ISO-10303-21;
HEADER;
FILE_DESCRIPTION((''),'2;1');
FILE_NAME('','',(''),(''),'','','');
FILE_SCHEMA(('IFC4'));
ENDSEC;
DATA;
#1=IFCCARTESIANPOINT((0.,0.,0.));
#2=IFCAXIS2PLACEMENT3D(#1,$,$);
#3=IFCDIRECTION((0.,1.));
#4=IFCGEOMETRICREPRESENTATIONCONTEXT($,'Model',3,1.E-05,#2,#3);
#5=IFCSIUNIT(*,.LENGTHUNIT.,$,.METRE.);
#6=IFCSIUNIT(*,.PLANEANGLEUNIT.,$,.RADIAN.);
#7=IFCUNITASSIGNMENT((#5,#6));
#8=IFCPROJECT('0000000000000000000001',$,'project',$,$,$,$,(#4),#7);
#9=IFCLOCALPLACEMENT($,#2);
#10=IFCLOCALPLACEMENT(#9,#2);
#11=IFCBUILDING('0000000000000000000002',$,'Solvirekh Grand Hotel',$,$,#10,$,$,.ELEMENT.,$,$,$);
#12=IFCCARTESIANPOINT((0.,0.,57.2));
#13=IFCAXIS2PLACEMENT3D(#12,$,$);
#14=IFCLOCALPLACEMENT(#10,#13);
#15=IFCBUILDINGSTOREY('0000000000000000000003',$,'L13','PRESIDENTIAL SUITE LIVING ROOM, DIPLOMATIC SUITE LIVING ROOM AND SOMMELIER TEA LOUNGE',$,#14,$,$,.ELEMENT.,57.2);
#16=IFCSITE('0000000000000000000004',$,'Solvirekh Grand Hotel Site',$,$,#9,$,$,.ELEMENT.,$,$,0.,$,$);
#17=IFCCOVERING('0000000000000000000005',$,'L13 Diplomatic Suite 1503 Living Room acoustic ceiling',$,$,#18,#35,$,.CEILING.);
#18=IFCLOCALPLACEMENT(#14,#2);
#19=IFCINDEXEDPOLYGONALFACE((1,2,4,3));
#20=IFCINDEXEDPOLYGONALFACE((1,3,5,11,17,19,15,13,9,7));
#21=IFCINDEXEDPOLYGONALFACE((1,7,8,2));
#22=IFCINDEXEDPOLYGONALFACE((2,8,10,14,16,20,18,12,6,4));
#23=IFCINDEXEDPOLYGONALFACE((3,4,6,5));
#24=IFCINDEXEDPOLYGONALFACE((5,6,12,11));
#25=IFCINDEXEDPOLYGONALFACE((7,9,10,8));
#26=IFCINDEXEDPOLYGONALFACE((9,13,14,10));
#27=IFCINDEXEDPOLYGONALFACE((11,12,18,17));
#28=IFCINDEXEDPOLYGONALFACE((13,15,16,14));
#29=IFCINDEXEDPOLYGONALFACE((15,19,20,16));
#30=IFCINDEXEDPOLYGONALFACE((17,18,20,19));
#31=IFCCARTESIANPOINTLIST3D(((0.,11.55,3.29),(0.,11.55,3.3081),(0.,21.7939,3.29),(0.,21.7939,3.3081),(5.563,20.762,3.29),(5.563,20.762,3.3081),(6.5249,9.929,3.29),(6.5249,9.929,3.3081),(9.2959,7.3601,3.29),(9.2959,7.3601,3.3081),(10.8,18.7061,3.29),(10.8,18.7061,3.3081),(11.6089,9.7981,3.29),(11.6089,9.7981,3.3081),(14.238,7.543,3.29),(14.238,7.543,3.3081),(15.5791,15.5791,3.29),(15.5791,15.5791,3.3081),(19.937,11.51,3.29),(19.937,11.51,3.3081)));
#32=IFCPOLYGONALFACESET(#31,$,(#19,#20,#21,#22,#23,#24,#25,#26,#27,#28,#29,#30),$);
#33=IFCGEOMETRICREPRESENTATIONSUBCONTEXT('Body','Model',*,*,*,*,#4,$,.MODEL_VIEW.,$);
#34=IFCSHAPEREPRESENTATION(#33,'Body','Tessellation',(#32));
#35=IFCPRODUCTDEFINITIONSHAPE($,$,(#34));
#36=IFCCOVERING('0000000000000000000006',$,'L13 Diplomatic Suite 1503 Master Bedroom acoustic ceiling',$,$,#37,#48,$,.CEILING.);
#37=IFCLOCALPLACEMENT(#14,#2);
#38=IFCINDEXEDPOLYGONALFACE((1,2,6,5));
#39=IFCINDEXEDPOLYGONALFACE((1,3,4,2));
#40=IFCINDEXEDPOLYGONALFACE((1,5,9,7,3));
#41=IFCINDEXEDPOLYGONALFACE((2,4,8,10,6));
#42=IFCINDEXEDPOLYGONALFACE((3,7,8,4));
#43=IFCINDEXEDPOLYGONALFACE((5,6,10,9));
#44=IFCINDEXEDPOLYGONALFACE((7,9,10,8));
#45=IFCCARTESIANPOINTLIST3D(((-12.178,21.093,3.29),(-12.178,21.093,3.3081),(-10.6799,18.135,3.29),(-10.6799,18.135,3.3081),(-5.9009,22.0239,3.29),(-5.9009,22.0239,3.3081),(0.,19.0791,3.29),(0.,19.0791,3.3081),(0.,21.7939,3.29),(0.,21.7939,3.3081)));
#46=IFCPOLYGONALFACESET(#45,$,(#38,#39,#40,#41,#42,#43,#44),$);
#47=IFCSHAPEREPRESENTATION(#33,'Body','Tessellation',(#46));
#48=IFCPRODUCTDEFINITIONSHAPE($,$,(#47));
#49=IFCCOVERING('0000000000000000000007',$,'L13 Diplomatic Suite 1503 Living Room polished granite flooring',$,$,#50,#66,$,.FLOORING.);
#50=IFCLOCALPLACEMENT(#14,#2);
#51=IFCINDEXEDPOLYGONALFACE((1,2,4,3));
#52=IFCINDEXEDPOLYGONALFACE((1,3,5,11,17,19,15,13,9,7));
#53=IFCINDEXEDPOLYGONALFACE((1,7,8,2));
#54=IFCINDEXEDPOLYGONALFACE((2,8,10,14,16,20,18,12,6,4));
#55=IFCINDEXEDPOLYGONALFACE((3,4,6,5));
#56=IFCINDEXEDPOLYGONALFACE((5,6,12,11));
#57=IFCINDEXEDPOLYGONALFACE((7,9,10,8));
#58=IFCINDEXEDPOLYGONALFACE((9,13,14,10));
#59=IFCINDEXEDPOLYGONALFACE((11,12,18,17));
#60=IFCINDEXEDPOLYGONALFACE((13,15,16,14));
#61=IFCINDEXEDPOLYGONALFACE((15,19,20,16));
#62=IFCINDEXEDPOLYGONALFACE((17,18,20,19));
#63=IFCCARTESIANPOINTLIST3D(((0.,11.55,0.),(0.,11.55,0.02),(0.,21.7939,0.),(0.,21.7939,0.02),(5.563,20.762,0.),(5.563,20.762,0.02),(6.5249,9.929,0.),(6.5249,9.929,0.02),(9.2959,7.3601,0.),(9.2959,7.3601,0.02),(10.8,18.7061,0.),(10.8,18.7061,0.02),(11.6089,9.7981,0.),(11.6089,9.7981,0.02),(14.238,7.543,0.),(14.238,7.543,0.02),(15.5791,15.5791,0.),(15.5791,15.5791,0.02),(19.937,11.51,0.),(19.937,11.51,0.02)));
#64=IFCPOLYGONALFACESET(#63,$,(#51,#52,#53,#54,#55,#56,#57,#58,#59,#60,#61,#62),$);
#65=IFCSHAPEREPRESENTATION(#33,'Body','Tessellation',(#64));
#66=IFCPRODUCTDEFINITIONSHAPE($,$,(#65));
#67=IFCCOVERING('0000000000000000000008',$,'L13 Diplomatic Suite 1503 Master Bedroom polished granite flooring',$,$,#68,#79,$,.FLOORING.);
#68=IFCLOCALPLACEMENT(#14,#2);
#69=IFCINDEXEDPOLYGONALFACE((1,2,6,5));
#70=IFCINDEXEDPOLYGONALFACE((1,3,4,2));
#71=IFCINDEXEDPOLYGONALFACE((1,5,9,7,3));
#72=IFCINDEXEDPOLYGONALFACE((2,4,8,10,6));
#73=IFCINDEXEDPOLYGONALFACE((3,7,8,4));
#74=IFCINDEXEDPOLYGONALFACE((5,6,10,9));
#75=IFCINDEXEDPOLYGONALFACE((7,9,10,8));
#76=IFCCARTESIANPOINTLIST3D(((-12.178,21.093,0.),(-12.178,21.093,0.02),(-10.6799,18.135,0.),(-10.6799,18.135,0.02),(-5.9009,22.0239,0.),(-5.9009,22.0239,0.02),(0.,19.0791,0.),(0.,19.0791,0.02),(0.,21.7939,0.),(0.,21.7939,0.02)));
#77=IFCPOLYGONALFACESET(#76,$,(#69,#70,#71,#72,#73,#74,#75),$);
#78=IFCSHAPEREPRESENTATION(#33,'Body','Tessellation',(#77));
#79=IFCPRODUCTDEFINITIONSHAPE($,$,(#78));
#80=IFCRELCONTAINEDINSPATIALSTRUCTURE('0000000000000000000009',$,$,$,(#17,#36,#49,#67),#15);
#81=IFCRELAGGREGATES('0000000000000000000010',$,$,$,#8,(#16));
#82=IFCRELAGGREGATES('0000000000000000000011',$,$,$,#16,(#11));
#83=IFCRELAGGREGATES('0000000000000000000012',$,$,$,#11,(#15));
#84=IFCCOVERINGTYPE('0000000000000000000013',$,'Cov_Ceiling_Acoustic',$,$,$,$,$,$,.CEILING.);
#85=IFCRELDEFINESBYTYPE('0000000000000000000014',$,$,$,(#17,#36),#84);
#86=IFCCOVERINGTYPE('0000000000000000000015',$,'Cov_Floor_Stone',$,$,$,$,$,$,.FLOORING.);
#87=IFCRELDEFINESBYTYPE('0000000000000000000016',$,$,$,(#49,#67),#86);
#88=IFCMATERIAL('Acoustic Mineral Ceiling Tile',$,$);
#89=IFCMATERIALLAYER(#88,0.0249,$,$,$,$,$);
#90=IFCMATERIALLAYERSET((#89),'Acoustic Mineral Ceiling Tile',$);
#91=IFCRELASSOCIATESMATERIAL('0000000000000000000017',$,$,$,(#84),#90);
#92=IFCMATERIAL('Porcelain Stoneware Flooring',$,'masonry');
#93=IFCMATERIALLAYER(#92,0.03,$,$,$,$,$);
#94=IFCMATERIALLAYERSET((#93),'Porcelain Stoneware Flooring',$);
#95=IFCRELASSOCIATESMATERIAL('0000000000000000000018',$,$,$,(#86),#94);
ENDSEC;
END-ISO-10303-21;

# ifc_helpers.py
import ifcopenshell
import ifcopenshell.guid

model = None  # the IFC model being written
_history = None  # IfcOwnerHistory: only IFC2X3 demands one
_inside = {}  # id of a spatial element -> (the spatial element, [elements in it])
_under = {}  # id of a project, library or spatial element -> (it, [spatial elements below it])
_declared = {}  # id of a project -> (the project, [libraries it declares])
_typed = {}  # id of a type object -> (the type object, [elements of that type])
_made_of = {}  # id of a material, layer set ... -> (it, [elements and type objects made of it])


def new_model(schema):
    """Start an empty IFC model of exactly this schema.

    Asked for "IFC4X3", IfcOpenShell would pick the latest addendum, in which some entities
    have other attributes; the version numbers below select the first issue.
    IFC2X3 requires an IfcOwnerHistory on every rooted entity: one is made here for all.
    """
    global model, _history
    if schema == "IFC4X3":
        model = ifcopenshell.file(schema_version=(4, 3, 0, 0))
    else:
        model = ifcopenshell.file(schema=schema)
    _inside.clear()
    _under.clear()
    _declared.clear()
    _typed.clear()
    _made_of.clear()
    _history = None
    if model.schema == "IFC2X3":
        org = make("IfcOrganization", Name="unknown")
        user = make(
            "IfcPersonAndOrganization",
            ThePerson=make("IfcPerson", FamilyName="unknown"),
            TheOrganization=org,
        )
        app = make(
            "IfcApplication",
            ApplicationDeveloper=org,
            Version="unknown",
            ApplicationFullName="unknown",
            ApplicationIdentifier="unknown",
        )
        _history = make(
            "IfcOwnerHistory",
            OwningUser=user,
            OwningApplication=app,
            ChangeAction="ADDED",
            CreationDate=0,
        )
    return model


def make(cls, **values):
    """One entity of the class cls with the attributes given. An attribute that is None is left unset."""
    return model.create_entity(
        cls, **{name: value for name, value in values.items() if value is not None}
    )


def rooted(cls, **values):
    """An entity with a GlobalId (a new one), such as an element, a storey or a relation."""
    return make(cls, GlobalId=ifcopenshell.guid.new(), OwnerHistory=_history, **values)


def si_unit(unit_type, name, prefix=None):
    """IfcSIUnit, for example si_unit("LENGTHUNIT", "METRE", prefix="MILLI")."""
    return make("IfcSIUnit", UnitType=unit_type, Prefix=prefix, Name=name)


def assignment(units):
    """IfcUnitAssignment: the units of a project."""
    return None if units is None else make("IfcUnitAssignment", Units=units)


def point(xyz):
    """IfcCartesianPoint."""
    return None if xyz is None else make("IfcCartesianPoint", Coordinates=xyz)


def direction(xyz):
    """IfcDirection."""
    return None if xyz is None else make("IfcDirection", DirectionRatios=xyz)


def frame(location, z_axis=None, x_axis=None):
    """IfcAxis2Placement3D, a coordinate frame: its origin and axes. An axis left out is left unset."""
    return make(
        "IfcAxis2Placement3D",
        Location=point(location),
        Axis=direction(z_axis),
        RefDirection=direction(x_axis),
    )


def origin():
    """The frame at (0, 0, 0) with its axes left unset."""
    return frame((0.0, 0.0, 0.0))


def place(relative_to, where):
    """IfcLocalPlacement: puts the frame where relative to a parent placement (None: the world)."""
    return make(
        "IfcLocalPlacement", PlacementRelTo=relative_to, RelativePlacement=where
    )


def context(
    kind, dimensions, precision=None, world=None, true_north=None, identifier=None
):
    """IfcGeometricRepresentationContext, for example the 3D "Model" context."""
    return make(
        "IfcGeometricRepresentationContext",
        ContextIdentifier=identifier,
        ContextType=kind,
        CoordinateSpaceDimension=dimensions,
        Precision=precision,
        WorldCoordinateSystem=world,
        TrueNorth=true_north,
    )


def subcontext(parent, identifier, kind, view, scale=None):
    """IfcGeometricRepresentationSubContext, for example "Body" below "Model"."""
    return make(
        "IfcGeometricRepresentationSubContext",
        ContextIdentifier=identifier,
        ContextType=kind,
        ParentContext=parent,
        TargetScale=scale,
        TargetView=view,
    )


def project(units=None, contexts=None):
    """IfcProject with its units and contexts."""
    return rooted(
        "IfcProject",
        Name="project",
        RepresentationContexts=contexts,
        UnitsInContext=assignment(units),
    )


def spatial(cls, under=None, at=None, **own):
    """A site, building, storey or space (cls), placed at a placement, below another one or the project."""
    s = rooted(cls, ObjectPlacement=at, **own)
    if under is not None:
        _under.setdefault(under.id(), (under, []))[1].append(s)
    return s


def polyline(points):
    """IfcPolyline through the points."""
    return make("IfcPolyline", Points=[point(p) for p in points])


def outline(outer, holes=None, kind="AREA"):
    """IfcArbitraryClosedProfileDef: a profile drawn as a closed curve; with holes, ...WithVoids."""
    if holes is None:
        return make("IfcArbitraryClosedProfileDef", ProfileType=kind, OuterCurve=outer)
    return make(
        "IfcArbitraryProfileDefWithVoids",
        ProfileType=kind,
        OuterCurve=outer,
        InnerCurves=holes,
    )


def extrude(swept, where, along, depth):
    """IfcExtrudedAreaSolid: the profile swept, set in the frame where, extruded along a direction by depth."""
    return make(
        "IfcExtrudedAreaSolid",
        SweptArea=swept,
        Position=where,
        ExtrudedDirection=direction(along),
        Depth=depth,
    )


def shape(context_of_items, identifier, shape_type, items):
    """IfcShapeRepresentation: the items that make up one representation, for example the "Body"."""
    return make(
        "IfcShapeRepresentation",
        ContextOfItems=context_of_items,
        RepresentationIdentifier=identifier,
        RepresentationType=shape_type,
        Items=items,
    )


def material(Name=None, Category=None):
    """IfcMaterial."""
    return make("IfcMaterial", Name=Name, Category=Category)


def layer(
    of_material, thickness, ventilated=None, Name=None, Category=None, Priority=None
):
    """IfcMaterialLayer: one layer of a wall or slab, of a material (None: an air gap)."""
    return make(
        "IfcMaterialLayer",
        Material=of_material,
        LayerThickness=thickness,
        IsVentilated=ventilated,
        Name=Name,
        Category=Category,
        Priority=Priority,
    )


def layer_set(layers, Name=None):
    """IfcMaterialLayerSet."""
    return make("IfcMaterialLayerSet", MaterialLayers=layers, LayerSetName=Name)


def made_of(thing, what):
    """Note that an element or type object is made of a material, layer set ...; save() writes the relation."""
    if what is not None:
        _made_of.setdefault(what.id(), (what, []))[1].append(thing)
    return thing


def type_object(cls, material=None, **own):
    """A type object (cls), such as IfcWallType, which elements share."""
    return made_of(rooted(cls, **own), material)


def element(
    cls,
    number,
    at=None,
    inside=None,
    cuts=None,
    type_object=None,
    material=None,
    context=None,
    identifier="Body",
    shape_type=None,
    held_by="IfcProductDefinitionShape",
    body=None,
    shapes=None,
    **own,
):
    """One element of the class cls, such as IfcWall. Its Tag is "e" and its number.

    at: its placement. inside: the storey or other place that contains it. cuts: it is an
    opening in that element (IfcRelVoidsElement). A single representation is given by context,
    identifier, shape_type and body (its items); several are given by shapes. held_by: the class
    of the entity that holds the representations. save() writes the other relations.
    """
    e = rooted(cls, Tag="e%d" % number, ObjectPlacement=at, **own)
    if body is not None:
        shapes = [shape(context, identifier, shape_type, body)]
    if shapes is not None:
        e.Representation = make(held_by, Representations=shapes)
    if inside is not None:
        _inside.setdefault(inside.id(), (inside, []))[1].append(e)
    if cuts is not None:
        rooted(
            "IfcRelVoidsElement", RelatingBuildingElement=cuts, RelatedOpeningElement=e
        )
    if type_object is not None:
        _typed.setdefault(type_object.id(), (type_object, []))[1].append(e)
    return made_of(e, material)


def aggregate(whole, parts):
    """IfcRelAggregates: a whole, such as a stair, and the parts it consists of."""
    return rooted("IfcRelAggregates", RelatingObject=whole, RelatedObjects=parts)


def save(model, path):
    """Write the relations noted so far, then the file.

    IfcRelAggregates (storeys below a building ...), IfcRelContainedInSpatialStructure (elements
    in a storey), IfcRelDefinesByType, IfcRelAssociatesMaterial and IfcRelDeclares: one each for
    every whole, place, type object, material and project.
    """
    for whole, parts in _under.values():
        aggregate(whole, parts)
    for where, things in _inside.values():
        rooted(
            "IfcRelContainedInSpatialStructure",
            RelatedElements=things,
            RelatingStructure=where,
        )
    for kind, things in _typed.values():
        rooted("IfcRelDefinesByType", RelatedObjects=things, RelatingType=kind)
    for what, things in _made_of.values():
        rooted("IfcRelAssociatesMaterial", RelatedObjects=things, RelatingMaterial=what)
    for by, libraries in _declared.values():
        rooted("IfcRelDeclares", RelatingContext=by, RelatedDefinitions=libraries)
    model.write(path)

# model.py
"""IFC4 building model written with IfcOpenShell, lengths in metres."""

from ifc_helpers import new_model, si_unit, direction, frame, origin, place, context, subcontext, project, spatial, polyline, outline, extrude, material, layer, layer_set, type_object, element, save


model = new_model("IFC4")

# Units and contexts
model_context = context("Model", 3, precision=1e-05, world=origin(), true_north=direction((0.0, 1.0)))
body_context = subcontext(model_context, "Body", "Model", "MODEL_VIEW")
ifc_project = project(units=[si_unit("LENGTHUNIT", "METRE"), si_unit("PLANEANGLEUNIT", "RADIAN")], contexts=[model_context])

# Site, building, storey
site_placement = place(None, origin())
site = spatial("IfcSite", under=ifc_project, at=site_placement, Name="Solvirekh Grand Hotel Site", CompositionType="ELEMENT", RefElevation=0.0)
building_placement = place(site_placement, origin())
building = spatial("IfcBuilding", under=site, at=building_placement, Name="Solvirekh Grand Hotel", CompositionType="ELEMENT")
storey_placement = place(building_placement, frame((0.0, 0.0, 57.2)))
storey = spatial("IfcBuildingStorey", under=building, at=storey_placement, Name="L13", Description="PRESIDENTIAL SUITE LIVING ROOM, DIPLOMATIC SUITE LIVING ROOM AND SOMMELIER TEA LOUNGE", CompositionType="ELEMENT", Elevation=57.2)

# Coverings
ifc_material_1 = material(Name="Acoustic Mineral Ceiling Tile")
ifc_layer_1 = layer(ifc_material_1, 0.0249)
ifc_layer_set_1 = layer_set([ifc_layer_1], Name="Acoustic Mineral Ceiling Tile")
covering_type_1 = type_object("IfcCoveringType", Name="Cov_Ceiling_Acoustic", PredefinedType="CEILING", material=ifc_layer_set_1)
covering_1_placement = place(storey_placement, frame((0.0, 0.0, 3.29)))
element("IfcCovering", 1, at=covering_1_placement, inside=storey, type_object=covering_type_1, Name="L13 Diplomatic Suite 1503 Living Room acoustic ceiling", PredefinedType="CEILING", context=body_context, shape_type="SweptSolid", body=[
    extrude(outline(polyline([(11.6089, 9.7981), (14.238, 7.543), (19.937, 11.51), (15.5791, 15.5791), (10.8, 18.7061), (5.563, 20.762), (0.0, 21.7939), (0.0, 11.55), (6.5249, 9.929), (9.2959, 7.3601), (11.6089, 9.7981)])), origin(), (0.0, 0.0, 1.0), 0.0181),
])
covering_2_placement = place(storey_placement, frame((0.0, 0.0, 3.29)))
element("IfcCovering", 2, at=covering_2_placement, inside=storey, type_object=covering_type_1, Name="L13 Diplomatic Suite 1503 Master Bedroom acoustic ceiling", PredefinedType="CEILING", context=body_context, shape_type="SweptSolid", body=[
    extrude(outline(polyline([(0.0, 21.7939), (-5.9009, 22.0239), (-12.178, 21.093), (-10.6799, 18.135), (0.0, 19.0791), (0.0, 21.7939)])), origin(), (0.0, 0.0, 1.0), 0.0181),
])
ifc_material_2 = material(Name="Porcelain Stoneware Flooring", Category="masonry")
ifc_layer_2 = layer(ifc_material_2, 0.03)
ifc_layer_set_2 = layer_set([ifc_layer_2], Name="Porcelain Stoneware Flooring")
covering_type_2 = type_object("IfcCoveringType", Name="Cov_Floor_Stone", PredefinedType="FLOORING", material=ifc_layer_set_2)
covering_3_placement = place(storey_placement, origin())
element("IfcCovering", 3, at=covering_3_placement, inside=storey, type_object=covering_type_2, Name="L13 Diplomatic Suite 1503 Living Room polished granite flooring", PredefinedType="FLOORING", context=body_context, shape_type="SweptSolid", body=[
    extrude(outline(polyline([(11.6089, 9.7981), (14.238, 7.543), (19.937, 11.51), (15.5791, 15.5791), (10.8, 18.7061), (5.563, 20.762), (0.0, 21.7939), (0.0, 11.55), (6.5249, 9.929), (9.2959, 7.3601), (11.6089, 9.7981)])), origin(), (0.0, 0.0, 1.0), 0.02),
])
covering_4_placement = place(storey_placement, origin())
element("IfcCovering", 4, at=covering_4_placement, inside=storey, type_object=covering_type_2, Name="L13 Diplomatic Suite 1503 Master Bedroom polished granite flooring", PredefinedType="FLOORING", context=body_context, shape_type="SweptSolid", body=[
    extrude(outline(polyline([(0.0, 21.7939), (-5.9009, 22.0239), (-12.178, 21.093), (-10.6799, 18.135), (0.0, 19.0791), (0.0, 21.7939)])), origin(), (0.0, 0.0, 1.0), 0.02),
])

save(model, "model.ifc")
